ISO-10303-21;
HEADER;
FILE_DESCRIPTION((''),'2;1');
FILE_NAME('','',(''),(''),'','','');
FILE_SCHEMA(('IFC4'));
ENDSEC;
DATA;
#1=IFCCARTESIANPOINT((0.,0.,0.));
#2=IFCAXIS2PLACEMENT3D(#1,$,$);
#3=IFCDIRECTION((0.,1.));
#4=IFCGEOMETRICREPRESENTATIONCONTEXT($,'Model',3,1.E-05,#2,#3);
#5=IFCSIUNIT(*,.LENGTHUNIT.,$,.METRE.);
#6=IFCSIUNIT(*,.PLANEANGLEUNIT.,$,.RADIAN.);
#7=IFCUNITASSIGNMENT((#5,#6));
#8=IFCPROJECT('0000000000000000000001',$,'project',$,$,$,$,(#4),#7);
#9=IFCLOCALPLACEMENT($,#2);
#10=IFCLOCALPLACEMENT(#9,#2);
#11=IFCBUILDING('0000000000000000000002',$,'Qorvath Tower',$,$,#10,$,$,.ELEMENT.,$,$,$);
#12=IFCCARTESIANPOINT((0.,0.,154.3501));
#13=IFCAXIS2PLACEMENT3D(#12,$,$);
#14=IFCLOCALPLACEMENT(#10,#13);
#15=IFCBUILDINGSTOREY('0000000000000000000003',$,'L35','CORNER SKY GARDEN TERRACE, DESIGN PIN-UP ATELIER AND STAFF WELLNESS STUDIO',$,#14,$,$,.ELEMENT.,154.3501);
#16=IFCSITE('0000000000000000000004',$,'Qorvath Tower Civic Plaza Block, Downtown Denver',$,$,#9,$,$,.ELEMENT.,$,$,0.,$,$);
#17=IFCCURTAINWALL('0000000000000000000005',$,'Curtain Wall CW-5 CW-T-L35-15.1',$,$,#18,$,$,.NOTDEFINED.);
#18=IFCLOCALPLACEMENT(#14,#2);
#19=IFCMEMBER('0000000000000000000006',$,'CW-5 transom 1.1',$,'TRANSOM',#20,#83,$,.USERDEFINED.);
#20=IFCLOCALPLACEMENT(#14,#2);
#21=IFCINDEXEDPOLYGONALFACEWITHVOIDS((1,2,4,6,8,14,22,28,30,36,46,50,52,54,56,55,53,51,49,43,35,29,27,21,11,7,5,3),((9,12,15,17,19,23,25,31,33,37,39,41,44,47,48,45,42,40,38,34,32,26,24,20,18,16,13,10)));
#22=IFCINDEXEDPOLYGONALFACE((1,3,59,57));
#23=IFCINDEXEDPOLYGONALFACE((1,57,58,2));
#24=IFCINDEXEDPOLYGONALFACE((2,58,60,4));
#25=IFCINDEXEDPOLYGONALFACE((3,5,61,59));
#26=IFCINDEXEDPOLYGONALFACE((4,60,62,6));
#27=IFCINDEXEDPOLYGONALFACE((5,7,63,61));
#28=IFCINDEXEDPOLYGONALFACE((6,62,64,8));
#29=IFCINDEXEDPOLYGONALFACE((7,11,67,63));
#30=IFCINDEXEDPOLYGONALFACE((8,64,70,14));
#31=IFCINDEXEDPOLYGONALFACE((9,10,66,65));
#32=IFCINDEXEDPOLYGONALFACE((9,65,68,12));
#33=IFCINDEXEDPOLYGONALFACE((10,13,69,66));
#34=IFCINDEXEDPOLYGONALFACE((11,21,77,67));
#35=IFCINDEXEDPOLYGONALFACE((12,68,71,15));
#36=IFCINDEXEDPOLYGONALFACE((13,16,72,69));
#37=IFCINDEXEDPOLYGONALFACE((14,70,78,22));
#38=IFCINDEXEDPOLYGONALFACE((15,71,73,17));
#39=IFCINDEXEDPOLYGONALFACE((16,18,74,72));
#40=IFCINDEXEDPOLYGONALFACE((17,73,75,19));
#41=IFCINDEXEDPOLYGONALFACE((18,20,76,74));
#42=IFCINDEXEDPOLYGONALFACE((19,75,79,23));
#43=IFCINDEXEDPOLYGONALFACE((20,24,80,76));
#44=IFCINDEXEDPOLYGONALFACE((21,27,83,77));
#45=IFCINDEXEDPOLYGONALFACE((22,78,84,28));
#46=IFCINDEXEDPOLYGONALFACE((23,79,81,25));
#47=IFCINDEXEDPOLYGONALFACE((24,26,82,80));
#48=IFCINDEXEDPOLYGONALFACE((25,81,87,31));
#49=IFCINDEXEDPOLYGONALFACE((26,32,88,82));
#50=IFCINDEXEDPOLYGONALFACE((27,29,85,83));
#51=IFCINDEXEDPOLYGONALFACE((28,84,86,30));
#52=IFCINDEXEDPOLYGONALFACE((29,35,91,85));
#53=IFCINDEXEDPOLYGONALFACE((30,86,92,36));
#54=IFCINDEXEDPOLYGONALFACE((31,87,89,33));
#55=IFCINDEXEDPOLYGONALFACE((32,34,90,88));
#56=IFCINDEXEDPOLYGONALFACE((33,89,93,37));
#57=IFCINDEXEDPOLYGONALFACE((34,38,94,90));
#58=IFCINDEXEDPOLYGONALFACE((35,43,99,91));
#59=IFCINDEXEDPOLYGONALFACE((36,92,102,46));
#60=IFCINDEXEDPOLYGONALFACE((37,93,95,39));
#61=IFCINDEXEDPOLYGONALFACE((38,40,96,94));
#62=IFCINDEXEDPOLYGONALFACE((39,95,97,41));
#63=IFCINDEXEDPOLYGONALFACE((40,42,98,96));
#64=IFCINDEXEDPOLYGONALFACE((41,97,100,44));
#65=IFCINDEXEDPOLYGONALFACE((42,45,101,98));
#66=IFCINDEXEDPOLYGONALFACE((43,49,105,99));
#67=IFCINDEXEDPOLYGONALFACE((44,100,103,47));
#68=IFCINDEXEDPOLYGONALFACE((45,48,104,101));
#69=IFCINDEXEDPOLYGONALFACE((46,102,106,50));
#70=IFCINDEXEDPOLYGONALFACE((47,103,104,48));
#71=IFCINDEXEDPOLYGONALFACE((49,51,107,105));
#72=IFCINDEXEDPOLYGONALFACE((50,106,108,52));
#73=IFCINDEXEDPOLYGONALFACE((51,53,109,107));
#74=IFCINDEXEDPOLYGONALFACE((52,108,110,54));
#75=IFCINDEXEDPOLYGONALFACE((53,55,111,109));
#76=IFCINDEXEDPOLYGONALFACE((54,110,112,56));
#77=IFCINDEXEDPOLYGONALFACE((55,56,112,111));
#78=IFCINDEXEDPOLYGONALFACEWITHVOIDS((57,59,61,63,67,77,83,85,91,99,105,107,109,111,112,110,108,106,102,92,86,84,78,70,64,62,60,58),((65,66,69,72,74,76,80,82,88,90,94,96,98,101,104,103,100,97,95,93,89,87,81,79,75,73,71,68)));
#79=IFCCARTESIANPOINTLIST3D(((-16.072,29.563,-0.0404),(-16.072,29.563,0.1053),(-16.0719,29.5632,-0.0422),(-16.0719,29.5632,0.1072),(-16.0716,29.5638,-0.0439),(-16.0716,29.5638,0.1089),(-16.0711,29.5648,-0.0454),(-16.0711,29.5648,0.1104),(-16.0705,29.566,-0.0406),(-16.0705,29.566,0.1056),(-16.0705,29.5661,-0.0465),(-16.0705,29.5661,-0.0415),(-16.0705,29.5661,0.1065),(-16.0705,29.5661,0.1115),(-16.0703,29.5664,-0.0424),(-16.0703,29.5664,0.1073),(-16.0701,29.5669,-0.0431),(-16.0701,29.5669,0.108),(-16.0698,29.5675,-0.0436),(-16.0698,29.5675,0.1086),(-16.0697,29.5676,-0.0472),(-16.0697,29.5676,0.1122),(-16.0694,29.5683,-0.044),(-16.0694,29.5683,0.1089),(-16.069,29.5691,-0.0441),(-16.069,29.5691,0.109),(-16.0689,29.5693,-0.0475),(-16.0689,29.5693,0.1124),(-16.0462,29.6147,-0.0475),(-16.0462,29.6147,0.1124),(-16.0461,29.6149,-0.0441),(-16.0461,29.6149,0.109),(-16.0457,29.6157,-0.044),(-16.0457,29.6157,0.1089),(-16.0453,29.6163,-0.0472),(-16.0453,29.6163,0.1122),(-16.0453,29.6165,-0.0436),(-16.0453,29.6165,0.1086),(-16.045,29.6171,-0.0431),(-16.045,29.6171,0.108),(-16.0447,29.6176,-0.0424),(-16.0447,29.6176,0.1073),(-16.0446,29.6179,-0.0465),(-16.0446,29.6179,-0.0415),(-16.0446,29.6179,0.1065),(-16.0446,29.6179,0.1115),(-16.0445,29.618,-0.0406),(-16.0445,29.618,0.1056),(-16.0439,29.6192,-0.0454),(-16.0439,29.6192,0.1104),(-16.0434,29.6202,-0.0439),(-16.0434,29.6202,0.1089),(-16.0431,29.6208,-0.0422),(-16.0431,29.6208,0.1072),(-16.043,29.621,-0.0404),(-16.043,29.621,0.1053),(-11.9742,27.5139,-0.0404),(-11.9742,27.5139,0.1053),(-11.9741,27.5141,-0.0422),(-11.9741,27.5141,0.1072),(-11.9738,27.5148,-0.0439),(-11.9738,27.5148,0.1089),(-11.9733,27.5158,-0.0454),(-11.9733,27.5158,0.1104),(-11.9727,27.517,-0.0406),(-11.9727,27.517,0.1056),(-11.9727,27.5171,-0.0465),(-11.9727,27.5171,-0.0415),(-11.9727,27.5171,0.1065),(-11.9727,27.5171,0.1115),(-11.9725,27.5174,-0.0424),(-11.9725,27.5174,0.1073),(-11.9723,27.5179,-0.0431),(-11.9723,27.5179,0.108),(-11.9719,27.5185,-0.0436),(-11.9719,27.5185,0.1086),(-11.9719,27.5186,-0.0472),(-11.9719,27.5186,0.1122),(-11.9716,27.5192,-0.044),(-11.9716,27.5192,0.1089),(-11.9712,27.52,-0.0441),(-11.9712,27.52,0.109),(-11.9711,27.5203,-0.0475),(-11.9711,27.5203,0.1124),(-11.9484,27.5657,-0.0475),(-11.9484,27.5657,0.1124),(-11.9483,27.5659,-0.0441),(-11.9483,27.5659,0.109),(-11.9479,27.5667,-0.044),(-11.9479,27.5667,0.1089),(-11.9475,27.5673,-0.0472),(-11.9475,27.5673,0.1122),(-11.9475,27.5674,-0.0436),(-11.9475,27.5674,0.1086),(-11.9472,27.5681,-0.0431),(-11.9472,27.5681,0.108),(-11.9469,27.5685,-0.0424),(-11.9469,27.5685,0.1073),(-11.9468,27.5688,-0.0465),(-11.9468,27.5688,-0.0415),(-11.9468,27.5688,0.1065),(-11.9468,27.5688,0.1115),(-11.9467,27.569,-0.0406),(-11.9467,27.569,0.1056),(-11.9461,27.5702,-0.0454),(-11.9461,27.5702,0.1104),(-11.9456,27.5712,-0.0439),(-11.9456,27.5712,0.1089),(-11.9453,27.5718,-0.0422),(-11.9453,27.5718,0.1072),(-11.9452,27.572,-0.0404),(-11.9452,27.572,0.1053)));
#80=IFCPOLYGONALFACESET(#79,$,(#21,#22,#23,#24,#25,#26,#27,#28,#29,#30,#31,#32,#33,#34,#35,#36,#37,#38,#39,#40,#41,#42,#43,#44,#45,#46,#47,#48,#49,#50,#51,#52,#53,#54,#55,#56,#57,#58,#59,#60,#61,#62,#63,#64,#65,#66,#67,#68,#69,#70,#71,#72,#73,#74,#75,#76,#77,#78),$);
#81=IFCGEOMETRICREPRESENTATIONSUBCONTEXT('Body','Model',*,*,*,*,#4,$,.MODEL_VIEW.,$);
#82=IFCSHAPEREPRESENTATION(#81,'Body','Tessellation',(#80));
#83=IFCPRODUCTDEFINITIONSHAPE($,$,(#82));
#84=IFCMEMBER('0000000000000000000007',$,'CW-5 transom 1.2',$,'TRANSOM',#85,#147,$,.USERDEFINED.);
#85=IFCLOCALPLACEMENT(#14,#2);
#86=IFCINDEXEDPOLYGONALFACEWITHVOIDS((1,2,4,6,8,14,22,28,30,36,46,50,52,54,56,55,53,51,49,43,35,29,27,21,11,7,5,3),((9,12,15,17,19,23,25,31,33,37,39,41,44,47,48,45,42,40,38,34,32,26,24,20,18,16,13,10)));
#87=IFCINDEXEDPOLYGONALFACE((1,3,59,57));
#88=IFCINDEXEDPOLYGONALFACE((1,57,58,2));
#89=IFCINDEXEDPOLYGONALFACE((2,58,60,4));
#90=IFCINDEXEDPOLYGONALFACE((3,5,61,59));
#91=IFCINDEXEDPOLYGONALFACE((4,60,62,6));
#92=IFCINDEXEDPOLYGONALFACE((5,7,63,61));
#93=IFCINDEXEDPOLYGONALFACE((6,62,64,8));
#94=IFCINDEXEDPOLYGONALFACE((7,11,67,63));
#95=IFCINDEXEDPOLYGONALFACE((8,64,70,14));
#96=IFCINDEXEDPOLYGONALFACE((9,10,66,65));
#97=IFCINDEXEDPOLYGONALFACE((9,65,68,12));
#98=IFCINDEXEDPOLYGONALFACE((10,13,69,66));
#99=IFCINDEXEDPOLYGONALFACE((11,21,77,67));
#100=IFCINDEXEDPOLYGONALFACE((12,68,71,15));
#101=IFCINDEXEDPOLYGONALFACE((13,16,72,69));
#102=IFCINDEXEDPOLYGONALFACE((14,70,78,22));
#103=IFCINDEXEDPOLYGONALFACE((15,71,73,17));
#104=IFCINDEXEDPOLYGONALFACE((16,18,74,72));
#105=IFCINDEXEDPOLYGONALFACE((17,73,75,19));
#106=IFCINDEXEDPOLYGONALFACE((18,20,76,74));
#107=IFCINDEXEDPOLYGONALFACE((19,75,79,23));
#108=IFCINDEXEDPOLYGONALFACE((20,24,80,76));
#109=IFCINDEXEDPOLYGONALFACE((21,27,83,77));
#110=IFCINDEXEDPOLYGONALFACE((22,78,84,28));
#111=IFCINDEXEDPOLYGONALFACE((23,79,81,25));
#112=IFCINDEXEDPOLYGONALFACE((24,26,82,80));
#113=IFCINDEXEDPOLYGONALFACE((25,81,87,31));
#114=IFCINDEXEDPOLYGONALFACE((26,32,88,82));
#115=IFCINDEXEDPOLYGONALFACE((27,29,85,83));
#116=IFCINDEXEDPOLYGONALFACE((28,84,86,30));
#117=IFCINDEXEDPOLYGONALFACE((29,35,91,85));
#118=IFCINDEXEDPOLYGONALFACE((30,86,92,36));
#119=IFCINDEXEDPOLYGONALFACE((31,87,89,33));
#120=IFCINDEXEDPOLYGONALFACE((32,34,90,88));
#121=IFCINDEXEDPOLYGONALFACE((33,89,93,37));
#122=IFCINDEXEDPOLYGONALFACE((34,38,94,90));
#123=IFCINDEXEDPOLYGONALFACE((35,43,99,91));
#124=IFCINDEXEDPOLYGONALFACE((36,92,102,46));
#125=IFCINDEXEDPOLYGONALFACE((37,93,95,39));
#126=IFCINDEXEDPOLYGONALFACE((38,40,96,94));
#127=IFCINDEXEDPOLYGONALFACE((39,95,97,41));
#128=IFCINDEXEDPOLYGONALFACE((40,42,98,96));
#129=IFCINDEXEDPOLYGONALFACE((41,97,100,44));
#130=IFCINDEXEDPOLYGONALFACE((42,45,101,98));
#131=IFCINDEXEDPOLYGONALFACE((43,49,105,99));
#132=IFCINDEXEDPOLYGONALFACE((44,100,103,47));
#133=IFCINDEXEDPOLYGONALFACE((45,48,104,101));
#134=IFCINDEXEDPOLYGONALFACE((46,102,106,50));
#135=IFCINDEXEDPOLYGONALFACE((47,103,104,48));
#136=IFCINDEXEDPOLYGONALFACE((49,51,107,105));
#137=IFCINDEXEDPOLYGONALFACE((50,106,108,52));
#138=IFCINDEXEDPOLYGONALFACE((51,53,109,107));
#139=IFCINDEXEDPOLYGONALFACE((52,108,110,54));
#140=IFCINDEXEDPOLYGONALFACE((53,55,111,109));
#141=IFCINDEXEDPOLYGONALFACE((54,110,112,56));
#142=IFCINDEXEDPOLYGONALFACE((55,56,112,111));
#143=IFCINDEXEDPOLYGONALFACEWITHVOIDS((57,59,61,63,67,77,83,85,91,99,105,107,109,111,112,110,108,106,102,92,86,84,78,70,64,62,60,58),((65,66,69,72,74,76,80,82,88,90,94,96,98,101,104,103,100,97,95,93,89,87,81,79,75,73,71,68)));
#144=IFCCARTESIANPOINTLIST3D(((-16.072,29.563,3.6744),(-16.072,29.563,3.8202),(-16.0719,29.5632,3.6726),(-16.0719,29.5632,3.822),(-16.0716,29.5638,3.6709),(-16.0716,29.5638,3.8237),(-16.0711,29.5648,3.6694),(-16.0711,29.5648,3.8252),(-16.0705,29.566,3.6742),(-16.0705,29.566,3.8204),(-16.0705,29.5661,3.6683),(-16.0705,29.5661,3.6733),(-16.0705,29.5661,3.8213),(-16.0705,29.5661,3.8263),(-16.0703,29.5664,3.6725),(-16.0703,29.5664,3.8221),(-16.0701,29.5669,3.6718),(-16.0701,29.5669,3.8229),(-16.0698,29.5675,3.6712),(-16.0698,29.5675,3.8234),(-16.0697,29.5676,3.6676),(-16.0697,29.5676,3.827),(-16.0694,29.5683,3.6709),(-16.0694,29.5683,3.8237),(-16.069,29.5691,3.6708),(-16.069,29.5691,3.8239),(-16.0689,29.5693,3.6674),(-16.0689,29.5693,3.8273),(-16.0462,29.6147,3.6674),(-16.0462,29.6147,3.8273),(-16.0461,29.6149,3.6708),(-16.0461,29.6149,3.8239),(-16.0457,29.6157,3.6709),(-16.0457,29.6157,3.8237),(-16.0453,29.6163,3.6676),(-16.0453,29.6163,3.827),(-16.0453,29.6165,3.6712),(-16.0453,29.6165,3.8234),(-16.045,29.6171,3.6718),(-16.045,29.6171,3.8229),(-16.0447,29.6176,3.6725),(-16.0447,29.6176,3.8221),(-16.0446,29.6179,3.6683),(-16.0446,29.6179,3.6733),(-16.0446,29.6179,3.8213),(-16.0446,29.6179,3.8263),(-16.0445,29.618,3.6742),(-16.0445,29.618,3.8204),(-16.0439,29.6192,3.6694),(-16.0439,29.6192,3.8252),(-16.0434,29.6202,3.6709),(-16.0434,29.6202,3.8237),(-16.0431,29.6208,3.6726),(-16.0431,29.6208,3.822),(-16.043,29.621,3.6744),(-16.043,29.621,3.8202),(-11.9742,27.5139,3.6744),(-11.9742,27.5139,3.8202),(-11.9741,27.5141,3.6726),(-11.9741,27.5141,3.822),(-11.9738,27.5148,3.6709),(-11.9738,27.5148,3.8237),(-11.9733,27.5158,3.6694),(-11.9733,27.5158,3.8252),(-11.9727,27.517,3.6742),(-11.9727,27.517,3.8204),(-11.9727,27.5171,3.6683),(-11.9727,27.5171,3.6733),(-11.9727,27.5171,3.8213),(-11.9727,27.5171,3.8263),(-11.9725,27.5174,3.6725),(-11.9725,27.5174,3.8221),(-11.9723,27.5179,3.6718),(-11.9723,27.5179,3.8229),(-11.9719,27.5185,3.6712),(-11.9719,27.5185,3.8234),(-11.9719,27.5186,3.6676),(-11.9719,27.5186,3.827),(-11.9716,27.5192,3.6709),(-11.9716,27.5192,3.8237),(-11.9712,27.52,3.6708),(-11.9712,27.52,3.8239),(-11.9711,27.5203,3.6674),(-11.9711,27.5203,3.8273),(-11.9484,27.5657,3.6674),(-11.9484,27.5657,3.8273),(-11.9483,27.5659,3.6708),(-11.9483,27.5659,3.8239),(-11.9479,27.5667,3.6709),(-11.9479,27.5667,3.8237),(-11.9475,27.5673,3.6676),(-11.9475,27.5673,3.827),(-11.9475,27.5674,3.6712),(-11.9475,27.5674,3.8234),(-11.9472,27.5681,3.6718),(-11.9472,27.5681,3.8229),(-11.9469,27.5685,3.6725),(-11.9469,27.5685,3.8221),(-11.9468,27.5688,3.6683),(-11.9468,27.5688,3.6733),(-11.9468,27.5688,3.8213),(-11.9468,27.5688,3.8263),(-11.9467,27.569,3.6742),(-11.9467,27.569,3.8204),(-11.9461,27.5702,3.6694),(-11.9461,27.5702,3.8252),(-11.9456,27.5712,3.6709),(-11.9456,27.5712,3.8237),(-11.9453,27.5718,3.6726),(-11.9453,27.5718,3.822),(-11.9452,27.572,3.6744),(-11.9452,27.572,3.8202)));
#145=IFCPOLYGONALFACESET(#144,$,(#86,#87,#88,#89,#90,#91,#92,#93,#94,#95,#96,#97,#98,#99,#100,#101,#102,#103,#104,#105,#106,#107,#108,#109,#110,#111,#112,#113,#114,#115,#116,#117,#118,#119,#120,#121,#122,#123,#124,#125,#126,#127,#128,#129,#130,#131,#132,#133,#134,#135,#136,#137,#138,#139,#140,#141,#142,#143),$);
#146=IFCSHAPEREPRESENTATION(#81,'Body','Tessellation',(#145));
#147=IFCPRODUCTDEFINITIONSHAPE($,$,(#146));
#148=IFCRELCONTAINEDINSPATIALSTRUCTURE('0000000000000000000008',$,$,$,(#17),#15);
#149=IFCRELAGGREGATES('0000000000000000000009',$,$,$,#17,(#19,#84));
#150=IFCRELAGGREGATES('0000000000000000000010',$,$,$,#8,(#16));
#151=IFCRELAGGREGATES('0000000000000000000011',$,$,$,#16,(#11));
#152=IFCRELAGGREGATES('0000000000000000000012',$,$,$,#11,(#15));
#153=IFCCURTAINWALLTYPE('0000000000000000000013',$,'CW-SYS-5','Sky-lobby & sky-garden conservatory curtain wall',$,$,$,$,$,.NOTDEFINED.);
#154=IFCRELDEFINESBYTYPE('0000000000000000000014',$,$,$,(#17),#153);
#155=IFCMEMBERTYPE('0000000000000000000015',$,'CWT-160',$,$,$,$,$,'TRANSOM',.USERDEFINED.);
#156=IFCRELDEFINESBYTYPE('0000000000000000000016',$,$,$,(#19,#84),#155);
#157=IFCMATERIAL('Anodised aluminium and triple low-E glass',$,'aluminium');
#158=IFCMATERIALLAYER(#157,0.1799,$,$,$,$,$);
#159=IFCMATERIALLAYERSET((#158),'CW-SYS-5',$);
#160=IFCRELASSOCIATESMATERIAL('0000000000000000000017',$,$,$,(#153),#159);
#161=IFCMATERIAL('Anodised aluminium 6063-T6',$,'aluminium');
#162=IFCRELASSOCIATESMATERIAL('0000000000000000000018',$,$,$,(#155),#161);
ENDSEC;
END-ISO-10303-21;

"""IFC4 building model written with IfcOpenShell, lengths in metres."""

from ifc_helpers import new_model, si_unit, direction, frame, origin, origin_2d, place, context, subcontext, project, spatial, hollow_rectangle, extrude, material, layer, layer_set, material_profile, profile_set, type_object, element, aggregate, save


model = new_model("IFC4")

# Units and contexts
model_context = context("Model", 3, precision=1e-05, world=origin(), true_north=direction((0.0, 1.0)))
body_context = subcontext(model_context, "Body", "Model", "MODEL_VIEW")
ifc_project = project(units=[si_unit("LENGTHUNIT", "METRE"), si_unit("PLANEANGLEUNIT", "RADIAN")], contexts=[model_context])

# Site, building, storey
site_placement = place(None, origin())
site = spatial("IfcSite", under=ifc_project, at=site_placement, Name="Qorvath Tower Civic Plaza Block, Downtown Denver", CompositionType="ELEMENT", RefElevation=0.0)
building_placement = place(site_placement, origin())
building = spatial("IfcBuilding", under=site, at=building_placement, Name="Qorvath Tower", CompositionType="ELEMENT")
storey_placement = place(building_placement, frame((0.0, 0.0, 154.3501)))
storey = spatial("IfcBuildingStorey", under=building, at=storey_placement, Name="L35", Description="CORNER SKY GARDEN TERRACE, DESIGN PIN-UP ATELIER AND STAFF WELLNESS STUDIO", CompositionType="ELEMENT", Elevation=154.3501)

# Shared definitions
ifc_material_1 = material(Name="Anodised aluminium and triple low-E glass", Category="aluminium")
ifc_layer_1 = layer(ifc_material_1, 0.1799)
ifc_layer_set_1 = layer_set([ifc_layer_1], Name="CW-SYS-5")
curtain_wall_type = type_object("IfcCurtainWallType", Name="CW-SYS-5", Description="Sky-lobby & sky-garden conservatory curtain wall", PredefinedType="NOTDEFINED", material=ifc_layer_set_1)

# Curtain wall
curtain_wall_1_placement = place(storey_placement, origin())
curtain_wall_1 = element("IfcCurtainWall", 1, at=curtain_wall_1_placement, inside=storey, type_object=curtain_wall_type, Name="Curtain Wall CW-5 CW-T-L35-15.1", PredefinedType="NOTDEFINED")

# Members
ifc_material_2 = material(Name="Anodised aluminium 6063-T6", Category="aluminium")
ifc_material_profile_1 = material_profile(ifc_material_2, hollow_rectangle(XDim=0.0649, YDim=0.1599, WallThickness=0.0034, InnerFilletRadius=0.0034, OuterFilletRadius=0.0071, at=origin_2d()), Name="CWT 160x65")
ifc_profile_set_1 = profile_set([ifc_material_profile_1], Name="Anodised aluminium 6063-T6")
member_type_1 = type_object("IfcMemberType", Name="CWT-160", ElementType="TRANSOM", PredefinedType="USERDEFINED", material=ifc_profile_set_1)
member_1_placement = place(storey_placement, frame((-11.9597, 27.543, 0.0325), z_axis=(-0.894417, 0.447235, 0.0), x_axis=(-0.447235, -0.894417, 0.0)))
member_1 = element("IfcMember", 2, at=member_1_placement, type_object=member_type_1, Name="CW-5 transom 1.1", ObjectType="TRANSOM", PredefinedType="USERDEFINED", context=body_context, shape_type="SweptSolid", body=[
    extrude(hollow_rectangle(XDim=0.0649, YDim=0.1599, WallThickness=0.0034, InnerFilletRadius=0.0034, OuterFilletRadius=0.0071, at=origin_2d()), origin(), (0.0, 0.0, 1.0), 4.5815),
])
member_2_placement = place(storey_placement, frame((-11.9597, 27.543, 3.7473), z_axis=(-0.894417, 0.447235, 0.0), x_axis=(-0.447235, -0.894417, 0.0)))
member_2 = element("IfcMember", 3, at=member_2_placement, type_object=member_type_1, Name="CW-5 transom 1.2", ObjectType="TRANSOM", PredefinedType="USERDEFINED", context=body_context, shape_type="SweptSolid", body=[
    extrude(hollow_rectangle(XDim=0.0649, YDim=0.1599, WallThickness=0.0034, InnerFilletRadius=0.0034, OuterFilletRadius=0.0071, at=origin_2d()), origin(), (0.0, 0.0, 1.0), 4.5815),
])

aggregate(curtain_wall_1, [member_1, member_2])

save(model, "model.ifc")
